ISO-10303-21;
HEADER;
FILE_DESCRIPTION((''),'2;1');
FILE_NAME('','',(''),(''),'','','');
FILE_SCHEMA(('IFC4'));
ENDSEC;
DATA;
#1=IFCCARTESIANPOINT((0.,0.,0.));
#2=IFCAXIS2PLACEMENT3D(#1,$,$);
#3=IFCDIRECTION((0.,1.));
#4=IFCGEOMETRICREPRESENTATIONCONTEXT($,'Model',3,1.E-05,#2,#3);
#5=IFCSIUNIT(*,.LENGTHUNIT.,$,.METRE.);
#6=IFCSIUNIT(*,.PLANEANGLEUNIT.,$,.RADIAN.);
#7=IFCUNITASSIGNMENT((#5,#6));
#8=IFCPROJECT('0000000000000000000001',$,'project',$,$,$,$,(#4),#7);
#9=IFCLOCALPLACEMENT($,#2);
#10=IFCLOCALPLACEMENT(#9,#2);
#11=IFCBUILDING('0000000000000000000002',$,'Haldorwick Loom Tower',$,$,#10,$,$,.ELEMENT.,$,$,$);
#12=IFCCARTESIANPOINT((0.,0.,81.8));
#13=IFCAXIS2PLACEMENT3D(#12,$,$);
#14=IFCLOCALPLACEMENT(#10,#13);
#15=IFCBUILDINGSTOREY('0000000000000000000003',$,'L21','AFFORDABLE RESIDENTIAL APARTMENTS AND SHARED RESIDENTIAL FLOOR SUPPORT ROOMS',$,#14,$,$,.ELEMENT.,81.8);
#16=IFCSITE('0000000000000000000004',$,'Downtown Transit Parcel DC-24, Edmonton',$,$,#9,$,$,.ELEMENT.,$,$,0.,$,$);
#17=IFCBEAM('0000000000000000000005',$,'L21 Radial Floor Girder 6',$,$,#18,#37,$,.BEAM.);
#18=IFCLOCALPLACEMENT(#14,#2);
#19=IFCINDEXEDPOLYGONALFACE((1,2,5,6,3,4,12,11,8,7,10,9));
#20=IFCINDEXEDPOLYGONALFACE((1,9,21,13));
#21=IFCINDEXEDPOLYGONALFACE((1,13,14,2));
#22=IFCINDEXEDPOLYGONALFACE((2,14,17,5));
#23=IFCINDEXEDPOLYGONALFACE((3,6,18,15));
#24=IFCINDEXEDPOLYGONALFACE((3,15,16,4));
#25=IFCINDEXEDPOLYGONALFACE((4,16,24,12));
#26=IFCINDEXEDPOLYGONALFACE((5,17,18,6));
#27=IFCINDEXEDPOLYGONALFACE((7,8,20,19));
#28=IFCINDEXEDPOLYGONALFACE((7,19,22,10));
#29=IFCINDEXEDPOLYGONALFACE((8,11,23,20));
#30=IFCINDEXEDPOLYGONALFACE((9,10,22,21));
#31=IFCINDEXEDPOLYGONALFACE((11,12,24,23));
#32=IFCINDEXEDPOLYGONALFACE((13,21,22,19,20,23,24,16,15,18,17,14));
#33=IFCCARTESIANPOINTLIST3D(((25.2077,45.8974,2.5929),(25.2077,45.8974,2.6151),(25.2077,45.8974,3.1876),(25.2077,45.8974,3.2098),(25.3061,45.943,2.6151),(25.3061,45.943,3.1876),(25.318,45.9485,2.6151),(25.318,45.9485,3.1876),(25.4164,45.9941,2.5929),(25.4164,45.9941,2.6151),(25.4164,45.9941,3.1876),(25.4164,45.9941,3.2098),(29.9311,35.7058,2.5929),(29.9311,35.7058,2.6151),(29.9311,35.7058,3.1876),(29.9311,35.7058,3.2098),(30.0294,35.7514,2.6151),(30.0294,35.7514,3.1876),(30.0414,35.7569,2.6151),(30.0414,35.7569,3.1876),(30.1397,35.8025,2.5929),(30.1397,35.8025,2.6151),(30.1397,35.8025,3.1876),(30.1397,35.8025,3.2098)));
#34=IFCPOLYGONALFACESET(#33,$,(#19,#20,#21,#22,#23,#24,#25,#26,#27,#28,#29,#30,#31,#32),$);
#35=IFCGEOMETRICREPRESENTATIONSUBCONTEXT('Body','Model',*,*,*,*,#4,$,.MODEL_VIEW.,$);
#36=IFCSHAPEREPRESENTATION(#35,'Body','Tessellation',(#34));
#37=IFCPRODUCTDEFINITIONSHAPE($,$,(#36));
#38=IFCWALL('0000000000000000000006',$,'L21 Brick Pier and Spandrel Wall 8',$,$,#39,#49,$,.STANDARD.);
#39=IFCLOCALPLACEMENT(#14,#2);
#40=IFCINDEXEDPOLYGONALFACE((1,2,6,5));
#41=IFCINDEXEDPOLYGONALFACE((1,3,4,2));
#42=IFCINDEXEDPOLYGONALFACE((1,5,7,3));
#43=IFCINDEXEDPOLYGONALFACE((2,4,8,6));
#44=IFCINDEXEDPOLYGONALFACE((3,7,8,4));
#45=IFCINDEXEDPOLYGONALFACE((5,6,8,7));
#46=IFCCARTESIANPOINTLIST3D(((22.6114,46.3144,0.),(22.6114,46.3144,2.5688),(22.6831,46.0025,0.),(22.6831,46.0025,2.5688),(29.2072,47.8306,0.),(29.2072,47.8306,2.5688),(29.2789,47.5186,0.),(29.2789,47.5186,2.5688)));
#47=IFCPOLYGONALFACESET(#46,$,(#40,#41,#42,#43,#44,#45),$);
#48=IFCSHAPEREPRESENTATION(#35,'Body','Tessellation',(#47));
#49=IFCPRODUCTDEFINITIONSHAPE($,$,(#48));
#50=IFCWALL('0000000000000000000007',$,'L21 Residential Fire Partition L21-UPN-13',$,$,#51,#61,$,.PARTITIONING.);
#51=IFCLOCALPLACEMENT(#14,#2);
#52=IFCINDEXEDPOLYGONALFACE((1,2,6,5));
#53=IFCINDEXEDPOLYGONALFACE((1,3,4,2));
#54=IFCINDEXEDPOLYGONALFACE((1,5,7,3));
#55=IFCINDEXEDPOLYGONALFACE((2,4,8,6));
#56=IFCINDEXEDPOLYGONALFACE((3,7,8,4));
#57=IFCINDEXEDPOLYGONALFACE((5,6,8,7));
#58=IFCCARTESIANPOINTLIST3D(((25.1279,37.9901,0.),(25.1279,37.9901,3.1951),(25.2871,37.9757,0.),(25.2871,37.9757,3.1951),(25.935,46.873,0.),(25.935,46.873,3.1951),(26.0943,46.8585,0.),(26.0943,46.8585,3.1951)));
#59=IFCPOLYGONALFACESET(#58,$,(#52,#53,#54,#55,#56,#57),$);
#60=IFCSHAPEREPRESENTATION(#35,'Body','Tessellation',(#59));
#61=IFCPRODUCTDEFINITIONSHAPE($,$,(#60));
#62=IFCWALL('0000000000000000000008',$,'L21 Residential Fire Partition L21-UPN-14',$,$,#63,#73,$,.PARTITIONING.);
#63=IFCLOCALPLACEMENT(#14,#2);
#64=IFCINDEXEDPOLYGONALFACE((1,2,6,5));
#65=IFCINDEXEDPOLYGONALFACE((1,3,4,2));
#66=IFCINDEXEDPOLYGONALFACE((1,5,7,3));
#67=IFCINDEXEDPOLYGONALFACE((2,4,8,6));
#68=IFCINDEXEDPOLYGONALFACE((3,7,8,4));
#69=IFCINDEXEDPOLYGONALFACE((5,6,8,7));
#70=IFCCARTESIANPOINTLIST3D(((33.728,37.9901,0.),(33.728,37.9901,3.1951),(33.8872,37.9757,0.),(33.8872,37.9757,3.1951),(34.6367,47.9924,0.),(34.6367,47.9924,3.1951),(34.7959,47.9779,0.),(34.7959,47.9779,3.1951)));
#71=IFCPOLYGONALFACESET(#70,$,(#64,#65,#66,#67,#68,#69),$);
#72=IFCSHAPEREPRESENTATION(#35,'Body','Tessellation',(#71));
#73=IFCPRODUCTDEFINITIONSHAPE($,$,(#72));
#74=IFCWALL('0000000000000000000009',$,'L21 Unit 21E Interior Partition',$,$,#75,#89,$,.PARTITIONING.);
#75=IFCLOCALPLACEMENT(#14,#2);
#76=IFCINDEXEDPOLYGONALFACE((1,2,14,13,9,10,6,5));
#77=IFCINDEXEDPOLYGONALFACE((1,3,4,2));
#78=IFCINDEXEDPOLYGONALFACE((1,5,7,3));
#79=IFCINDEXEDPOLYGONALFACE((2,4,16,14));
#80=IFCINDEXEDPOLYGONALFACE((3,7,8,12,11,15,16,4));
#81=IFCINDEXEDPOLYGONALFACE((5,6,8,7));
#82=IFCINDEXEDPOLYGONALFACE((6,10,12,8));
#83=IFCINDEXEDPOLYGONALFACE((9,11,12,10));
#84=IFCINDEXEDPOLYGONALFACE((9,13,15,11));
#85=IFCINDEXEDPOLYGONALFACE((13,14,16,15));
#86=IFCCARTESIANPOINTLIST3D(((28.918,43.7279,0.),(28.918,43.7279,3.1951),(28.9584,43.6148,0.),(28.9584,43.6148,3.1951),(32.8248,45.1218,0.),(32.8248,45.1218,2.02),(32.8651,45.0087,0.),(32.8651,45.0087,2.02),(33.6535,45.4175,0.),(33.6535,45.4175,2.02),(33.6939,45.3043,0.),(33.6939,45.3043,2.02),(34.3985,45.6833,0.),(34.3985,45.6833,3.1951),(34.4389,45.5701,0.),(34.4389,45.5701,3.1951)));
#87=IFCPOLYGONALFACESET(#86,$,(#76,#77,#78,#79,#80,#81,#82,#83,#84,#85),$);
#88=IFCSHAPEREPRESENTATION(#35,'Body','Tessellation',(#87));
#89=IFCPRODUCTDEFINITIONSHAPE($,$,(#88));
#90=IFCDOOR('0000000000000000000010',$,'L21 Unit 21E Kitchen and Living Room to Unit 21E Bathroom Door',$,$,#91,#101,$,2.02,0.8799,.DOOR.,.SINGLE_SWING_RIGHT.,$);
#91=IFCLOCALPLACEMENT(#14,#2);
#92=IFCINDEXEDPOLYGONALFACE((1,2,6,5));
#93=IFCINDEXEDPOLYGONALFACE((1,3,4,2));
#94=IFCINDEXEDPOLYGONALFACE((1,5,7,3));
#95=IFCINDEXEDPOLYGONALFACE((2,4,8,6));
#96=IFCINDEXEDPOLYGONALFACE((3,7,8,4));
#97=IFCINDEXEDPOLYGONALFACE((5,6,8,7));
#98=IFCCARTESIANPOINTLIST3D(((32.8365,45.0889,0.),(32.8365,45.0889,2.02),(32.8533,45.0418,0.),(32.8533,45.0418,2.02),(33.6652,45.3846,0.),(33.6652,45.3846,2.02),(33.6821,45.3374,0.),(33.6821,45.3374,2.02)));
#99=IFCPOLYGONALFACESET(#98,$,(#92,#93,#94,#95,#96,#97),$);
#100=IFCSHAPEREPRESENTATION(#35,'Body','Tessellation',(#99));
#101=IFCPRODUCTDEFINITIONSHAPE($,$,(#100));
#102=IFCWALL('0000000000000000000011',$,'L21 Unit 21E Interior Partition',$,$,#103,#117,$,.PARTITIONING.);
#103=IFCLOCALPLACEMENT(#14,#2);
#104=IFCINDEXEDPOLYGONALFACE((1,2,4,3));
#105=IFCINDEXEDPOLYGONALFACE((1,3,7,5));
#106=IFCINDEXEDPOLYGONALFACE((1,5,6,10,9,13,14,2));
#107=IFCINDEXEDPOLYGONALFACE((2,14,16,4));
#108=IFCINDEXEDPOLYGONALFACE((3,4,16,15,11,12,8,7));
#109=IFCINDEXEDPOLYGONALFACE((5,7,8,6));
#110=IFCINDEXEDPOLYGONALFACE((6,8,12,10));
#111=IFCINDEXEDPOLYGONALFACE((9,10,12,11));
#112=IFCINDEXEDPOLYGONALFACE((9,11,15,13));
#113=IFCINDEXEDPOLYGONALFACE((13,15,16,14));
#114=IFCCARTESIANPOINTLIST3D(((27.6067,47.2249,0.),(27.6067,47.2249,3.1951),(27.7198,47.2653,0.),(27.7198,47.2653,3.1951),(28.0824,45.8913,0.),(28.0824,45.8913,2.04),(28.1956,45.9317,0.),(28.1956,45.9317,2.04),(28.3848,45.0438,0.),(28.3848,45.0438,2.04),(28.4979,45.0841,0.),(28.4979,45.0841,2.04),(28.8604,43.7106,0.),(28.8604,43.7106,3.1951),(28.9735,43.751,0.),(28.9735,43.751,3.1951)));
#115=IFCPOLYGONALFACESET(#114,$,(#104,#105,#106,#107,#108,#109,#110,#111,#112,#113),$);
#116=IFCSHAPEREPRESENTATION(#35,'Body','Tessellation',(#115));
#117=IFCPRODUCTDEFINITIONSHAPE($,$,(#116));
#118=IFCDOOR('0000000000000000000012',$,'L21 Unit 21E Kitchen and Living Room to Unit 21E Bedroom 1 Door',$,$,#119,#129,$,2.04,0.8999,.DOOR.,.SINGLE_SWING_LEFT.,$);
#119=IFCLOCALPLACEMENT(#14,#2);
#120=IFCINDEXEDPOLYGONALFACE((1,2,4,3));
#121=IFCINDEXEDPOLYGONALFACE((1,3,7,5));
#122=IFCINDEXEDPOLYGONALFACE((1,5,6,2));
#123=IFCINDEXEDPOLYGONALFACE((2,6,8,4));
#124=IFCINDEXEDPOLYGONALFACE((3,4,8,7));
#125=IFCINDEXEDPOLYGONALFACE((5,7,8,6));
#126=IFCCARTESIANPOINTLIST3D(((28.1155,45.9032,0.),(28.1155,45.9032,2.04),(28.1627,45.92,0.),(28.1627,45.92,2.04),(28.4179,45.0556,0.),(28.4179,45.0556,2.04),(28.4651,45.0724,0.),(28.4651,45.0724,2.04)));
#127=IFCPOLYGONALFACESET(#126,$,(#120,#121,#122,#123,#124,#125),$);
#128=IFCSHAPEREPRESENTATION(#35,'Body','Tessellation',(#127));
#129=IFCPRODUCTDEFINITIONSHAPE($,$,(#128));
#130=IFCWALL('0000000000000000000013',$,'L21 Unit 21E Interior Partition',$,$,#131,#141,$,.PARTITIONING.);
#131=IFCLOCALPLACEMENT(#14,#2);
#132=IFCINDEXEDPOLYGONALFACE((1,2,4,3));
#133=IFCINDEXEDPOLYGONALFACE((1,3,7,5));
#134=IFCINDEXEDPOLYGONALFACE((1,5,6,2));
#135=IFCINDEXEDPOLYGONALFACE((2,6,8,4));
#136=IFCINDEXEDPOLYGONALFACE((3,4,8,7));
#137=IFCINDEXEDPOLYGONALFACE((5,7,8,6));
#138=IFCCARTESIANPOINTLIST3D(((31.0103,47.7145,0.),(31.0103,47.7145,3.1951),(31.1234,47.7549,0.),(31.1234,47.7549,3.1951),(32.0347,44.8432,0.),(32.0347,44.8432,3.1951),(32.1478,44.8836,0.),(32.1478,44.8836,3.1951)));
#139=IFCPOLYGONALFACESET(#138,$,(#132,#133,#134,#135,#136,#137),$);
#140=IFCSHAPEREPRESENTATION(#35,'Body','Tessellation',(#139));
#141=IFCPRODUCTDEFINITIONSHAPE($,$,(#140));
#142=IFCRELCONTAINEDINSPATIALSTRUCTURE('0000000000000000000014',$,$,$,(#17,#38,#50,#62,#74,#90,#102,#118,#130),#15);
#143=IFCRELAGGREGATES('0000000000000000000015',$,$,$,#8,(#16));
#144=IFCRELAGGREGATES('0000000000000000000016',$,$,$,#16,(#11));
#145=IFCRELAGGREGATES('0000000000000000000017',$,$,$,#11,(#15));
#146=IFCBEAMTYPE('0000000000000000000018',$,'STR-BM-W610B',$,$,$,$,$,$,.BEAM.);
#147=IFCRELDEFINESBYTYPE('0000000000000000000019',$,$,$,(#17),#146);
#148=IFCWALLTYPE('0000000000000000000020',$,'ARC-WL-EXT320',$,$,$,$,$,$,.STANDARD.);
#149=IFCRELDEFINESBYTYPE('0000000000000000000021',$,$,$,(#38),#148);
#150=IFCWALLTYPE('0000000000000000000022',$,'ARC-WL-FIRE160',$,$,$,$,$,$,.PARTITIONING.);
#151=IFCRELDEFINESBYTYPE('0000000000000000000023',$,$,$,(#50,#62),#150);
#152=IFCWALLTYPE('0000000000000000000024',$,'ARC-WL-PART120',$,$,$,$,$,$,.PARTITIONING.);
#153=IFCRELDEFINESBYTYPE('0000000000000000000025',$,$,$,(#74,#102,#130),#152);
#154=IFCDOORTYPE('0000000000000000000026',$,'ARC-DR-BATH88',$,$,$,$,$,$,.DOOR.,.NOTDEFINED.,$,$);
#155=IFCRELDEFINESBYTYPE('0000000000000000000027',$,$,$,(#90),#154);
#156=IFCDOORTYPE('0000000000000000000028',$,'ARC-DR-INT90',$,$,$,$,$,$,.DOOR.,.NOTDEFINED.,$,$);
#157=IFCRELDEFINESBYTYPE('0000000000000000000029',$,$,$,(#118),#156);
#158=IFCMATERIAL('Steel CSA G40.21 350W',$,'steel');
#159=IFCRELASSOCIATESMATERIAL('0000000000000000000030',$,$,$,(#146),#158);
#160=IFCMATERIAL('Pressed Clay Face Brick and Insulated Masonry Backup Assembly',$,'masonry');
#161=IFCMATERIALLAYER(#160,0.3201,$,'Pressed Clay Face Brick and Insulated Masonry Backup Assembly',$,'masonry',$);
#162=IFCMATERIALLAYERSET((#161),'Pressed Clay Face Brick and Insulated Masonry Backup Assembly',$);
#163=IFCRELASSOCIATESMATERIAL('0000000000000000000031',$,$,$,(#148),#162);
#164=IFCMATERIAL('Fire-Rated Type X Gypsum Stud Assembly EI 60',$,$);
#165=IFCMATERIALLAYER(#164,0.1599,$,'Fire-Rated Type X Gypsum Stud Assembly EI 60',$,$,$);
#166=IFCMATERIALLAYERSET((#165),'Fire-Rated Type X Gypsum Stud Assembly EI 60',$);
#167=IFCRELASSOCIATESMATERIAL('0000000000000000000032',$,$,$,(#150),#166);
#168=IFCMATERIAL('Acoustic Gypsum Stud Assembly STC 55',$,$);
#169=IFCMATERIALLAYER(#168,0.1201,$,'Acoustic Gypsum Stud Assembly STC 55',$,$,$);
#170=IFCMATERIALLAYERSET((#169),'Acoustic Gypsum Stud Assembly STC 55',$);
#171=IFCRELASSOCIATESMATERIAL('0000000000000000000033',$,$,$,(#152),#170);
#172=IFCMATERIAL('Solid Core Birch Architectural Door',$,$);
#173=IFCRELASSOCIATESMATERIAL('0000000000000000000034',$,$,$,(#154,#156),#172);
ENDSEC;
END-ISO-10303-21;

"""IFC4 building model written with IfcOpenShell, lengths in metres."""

from ifc_helpers import new_model, si_unit, direction, frame, frame_2d, origin, origin_2d, place, context, subcontext, project, spatial, rectangle, i_section, extrude, material, layer, layer_set, material_profile, profile_set, type_object, element, fill, save


model = new_model("IFC4")

# Units and contexts
model_context = context("Model", 3, precision=1e-05, world=origin(), true_north=direction((0.0, 1.0)))
body_context = subcontext(model_context, "Body", "Model", "MODEL_VIEW")
ifc_project = project(units=[si_unit("LENGTHUNIT", "METRE"), si_unit("PLANEANGLEUNIT", "RADIAN")], contexts=[model_context])

# Site, building, storey
site_placement = place(None, origin())
site = spatial("IfcSite", under=ifc_project, at=site_placement, Name="Downtown Transit Parcel DC-24, Edmonton", CompositionType="ELEMENT", RefElevation=0.0)
building_placement = place(site_placement, origin())
building = spatial("IfcBuilding", under=site, at=building_placement, Name="Haldorwick Loom Tower", CompositionType="ELEMENT")
storey_placement = place(building_placement, frame((0.0, 0.0, 81.8)))
storey = spatial("IfcBuildingStorey", under=building, at=storey_placement, Name="L21", Description="AFFORDABLE RESIDENTIAL APARTMENTS AND SHARED RESIDENTIAL FLOOR SUPPORT ROOMS", CompositionType="ELEMENT", Elevation=81.8)

# Beam
ifc_material_1 = material(Name="Steel CSA G40.21 350W", Category="steel")
ifc_material_profile_1 = material_profile(ifc_material_1, i_section(OverallWidth=0.23, OverallDepth=0.6169, WebThickness=0.0132, FlangeThickness=0.0222, at=origin_2d()), Name="W610X140", Category="steel")
ifc_profile_set_1 = profile_set([ifc_material_profile_1], Name="Steel CSA G40.21 350W")
beam_type_1 = type_object("IfcBeamType", Name="STR-BM-W610B", PredefinedType="BEAM", material=ifc_profile_set_1)
beam_1_placement = place(storey_placement, frame((30.0354, 35.7542, 2.9014), z_axis=(-0.420492, 0.907296, 0.0), x_axis=(-0.907296, -0.420492, 0.0)))
element("IfcBeam", 1, at=beam_1_placement, inside=storey, type_object=beam_type_1, Name="L21 Radial Floor Girder 6", PredefinedType="BEAM", context=body_context, shape_type="SweptSolid", body=[
    extrude(i_section(OverallWidth=0.23, OverallDepth=0.6169, WebThickness=0.0132, FlangeThickness=0.0222, at=origin_2d()), origin(), (0.0, 0.0, 1.0), 11.2329),
])

# Walls
ifc_material_2 = material(Name="Pressed Clay Face Brick and Insulated Masonry Backup Assembly", Category="masonry")
ifc_layer_1 = layer(ifc_material_2, 0.3201, Name="Pressed Clay Face Brick and Insulated Masonry Backup Assembly", Category="masonry")
ifc_layer_set_1 = layer_set([ifc_layer_1], Name="Pressed Clay Face Brick and Insulated Masonry Backup Assembly")
wall_type_1 = type_object("IfcWallType", Name="ARC-WL-EXT320", PredefinedType="STANDARD", material=ifc_layer_set_1)
wall_1_placement = place(storey_placement, frame((29.2429, 47.6746, 0.0), z_axis=(0.0, 0.0, 1.0), x_axis=(-0.974584, -0.224022, 0.0)))
element("IfcWall", 2, at=wall_1_placement, inside=storey, type_object=wall_type_1, Name="L21 Brick Pier and Spandrel Wall 8", PredefinedType="STANDARD", context=body_context, shape_type="SweptSolid", body=[
    extrude(rectangle(XDim=6.7678, YDim=0.3201, at=frame_2d((3.3838, 0.0))), origin(), (0.0, 0.0, 1.0), 2.5688),
])
ifc_material_3 = material(Name="Fire-Rated Type X Gypsum Stud Assembly EI 60")
ifc_layer_2 = layer(ifc_material_3, 0.1599, Name="Fire-Rated Type X Gypsum Stud Assembly EI 60")
ifc_layer_set_2 = layer_set([ifc_layer_2], Name="Fire-Rated Type X Gypsum Stud Assembly EI 60")
wall_type_2 = type_object("IfcWallType", Name="ARC-WL-FIRE160", PredefinedType="PARTITIONING", material=ifc_layer_set_2)
wall_2_placement = place(storey_placement, frame((25.2075, 37.9829, 0.0), z_axis=(0.0, 0.0, 1.0), x_axis=(0.090491, 0.995897, 0.0)))
element("IfcWall", 3, at=wall_2_placement, inside=storey, type_object=wall_type_2, Name="L21 Residential Fire Partition L21-UPN-13", PredefinedType="PARTITIONING", context=body_context, shape_type="SweptSolid", body=[
    extrude(rectangle(XDim=8.9194, YDim=0.1599, at=frame_2d((4.4597, 0.0))), origin(), (0.0, 0.0, 1.0), 3.1951),
])
wall_3_placement = place(storey_placement, frame((33.8076, 37.9829, 0.0), z_axis=(0.0, 0.0, 1.0), x_axis=(0.090477, 0.995899, 0.0)))
element("IfcWall", 4, at=wall_3_placement, inside=storey, type_object=wall_type_2, Name="L21 Residential Fire Partition L21-UPN-14", PredefinedType="PARTITIONING", context=body_context, shape_type="SweptSolid", body=[
    extrude(rectangle(XDim=10.0435, YDim=0.1599, at=frame_2d((5.0217, 0.0))), origin(), (0.0, 0.0, 1.0), 3.1951),
])

# Walls, openings, doors
ifc_material_4 = material(Name="Acoustic Gypsum Stud Assembly STC 55")
ifc_layer_3 = layer(ifc_material_4, 0.1201, Name="Acoustic Gypsum Stud Assembly STC 55")
ifc_layer_set_3 = layer_set([ifc_layer_3], Name="Acoustic Gypsum Stud Assembly STC 55")
wall_type_3 = type_object("IfcWallType", Name="ARC-WL-PART120", PredefinedType="PARTITIONING", material=ifc_layer_set_3)
wall_4_placement = place(storey_placement, frame((34.4187, 45.6267, 0.0), z_axis=(0.0, 0.0, 1.0), x_axis=(-0.94185, -0.336033, 0.0)))
wall_4 = element("IfcWall", 5, at=wall_4_placement, inside=storey, type_object=wall_type_3, Name="L21 Unit 21E Interior Partition", PredefinedType="PARTITIONING", context=body_context, shape_type="SweptSolid", body=[
    extrude(rectangle(XDim=5.8188, YDim=0.1201, at=frame_2d((2.9094, 0.0))), origin(), (0.0, 0.0, 1.0), 3.1951),
])
opening_1_placement = place(wall_4_placement, frame((0.791, 0.0, 0.0)))
opening_1 = element("IfcOpeningElement", 6, at=opening_1_placement, cuts=wall_4, PredefinedType="OPENING", context=body_context, shape_type="SweptSolid", body=[
    extrude(rectangle(XDim=0.8799, YDim=2.02, at=frame_2d((0.4399, 1.01))), frame((0.0, 0.0701, 0.0), z_axis=(0.0, -1.0, 0.0), x_axis=(1.0, 0.0, 0.0)), (0.0, 0.0, 1.0), 0.1401),
])
ifc_material_5 = material(Name="Solid Core Birch Architectural Door")
door_type_1 = type_object("IfcDoorType", Name="ARC-DR-BATH88", OperationType="NOTDEFINED", PredefinedType="DOOR", material=ifc_material_5)
door_1_placement = place(opening_1_placement, origin())
door_1 = element("IfcDoor", 7, at=door_1_placement, inside=storey, type_object=door_type_1, Name="L21 Unit 21E Kitchen and Living Room to Unit 21E Bathroom Door", OperationType="SINGLE_SWING_RIGHT", OverallHeight=2.02, OverallWidth=0.8799, PredefinedType="DOOR", context=body_context, shape_type="SweptSolid", body=[
    extrude(rectangle(XDim=0.8799, YDim=2.02, at=frame_2d((0.4399, 1.01))), frame((0.0, 0.0249, 0.0), z_axis=(0.0, -1.0, 0.0), x_axis=(1.0, 0.0, 0.0)), (0.0, 0.0, 1.0), 0.05),
])
fill(opening_1, door_1)
wall_5_placement = place(storey_placement, frame((28.917, 43.7307, 0.0), z_axis=(0.0, 0.0, 1.0), x_axis=(-0.336005, 0.94186, 0.0)))
wall_5 = element("IfcWall", 8, at=wall_5_placement, inside=storey, type_object=wall_type_3, Name="L21 Unit 21E Interior Partition", PredefinedType="PARTITIONING", context=body_context, shape_type="SweptSolid", body=[
    extrude(rectangle(XDim=3.7312, YDim=0.1201, at=frame_2d((1.8657, 0.0))), origin(), (0.0, 0.0, 1.0), 3.1951),
])
opening_2_placement = place(wall_5_placement, frame((1.4155, 0.0, 0.0)))
opening_2 = element("IfcOpeningElement", 9, at=opening_2_placement, cuts=wall_5, PredefinedType="OPENING", context=body_context, shape_type="SweptSolid", body=[
    extrude(rectangle(XDim=0.8999, YDim=2.04, at=frame_2d((0.45, 1.02))), frame((0.0, 0.0701, 0.0), z_axis=(0.0, -1.0, 0.0), x_axis=(1.0, 0.0, 0.0)), (0.0, 0.0, 1.0), 0.1401),
])
door_type_2 = type_object("IfcDoorType", Name="ARC-DR-INT90", OperationType="NOTDEFINED", PredefinedType="DOOR", material=ifc_material_5)
door_2_placement = place(opening_2_placement, origin())
door_2 = element("IfcDoor", 10, at=door_2_placement, inside=storey, type_object=door_type_2, Name="L21 Unit 21E Kitchen and Living Room to Unit 21E Bedroom 1 Door", OperationType="SINGLE_SWING_LEFT", OverallHeight=2.04, OverallWidth=0.8999, PredefinedType="DOOR", context=body_context, shape_type="SweptSolid", body=[
    extrude(rectangle(XDim=0.8999, YDim=2.04, at=frame_2d((0.45, 1.02))), frame((0.0, 0.0249, 0.0), z_axis=(0.0, -1.0, 0.0), x_axis=(1.0, 0.0, 0.0)), (0.0, 0.0, 1.0), 0.05),
])
fill(opening_2, door_2)

# Wall
wall_6_placement = place(storey_placement, frame((32.0913, 44.8633, 0.0), z_axis=(0.0, 0.0, 1.0), x_axis=(-0.336027, 0.941852, 0.0)))
element("IfcWall", 11, at=wall_6_placement, inside=storey, type_object=wall_type_3, Name="L21 Unit 21E Interior Partition", PredefinedType="PARTITIONING", context=body_context, shape_type="SweptSolid", body=[
    extrude(rectangle(XDim=3.0486, YDim=0.1201, at=frame_2d((1.5244, 0.0))), origin(), (0.0, 0.0, 1.0), 3.1951),
])

save(model, "model.ifc")
